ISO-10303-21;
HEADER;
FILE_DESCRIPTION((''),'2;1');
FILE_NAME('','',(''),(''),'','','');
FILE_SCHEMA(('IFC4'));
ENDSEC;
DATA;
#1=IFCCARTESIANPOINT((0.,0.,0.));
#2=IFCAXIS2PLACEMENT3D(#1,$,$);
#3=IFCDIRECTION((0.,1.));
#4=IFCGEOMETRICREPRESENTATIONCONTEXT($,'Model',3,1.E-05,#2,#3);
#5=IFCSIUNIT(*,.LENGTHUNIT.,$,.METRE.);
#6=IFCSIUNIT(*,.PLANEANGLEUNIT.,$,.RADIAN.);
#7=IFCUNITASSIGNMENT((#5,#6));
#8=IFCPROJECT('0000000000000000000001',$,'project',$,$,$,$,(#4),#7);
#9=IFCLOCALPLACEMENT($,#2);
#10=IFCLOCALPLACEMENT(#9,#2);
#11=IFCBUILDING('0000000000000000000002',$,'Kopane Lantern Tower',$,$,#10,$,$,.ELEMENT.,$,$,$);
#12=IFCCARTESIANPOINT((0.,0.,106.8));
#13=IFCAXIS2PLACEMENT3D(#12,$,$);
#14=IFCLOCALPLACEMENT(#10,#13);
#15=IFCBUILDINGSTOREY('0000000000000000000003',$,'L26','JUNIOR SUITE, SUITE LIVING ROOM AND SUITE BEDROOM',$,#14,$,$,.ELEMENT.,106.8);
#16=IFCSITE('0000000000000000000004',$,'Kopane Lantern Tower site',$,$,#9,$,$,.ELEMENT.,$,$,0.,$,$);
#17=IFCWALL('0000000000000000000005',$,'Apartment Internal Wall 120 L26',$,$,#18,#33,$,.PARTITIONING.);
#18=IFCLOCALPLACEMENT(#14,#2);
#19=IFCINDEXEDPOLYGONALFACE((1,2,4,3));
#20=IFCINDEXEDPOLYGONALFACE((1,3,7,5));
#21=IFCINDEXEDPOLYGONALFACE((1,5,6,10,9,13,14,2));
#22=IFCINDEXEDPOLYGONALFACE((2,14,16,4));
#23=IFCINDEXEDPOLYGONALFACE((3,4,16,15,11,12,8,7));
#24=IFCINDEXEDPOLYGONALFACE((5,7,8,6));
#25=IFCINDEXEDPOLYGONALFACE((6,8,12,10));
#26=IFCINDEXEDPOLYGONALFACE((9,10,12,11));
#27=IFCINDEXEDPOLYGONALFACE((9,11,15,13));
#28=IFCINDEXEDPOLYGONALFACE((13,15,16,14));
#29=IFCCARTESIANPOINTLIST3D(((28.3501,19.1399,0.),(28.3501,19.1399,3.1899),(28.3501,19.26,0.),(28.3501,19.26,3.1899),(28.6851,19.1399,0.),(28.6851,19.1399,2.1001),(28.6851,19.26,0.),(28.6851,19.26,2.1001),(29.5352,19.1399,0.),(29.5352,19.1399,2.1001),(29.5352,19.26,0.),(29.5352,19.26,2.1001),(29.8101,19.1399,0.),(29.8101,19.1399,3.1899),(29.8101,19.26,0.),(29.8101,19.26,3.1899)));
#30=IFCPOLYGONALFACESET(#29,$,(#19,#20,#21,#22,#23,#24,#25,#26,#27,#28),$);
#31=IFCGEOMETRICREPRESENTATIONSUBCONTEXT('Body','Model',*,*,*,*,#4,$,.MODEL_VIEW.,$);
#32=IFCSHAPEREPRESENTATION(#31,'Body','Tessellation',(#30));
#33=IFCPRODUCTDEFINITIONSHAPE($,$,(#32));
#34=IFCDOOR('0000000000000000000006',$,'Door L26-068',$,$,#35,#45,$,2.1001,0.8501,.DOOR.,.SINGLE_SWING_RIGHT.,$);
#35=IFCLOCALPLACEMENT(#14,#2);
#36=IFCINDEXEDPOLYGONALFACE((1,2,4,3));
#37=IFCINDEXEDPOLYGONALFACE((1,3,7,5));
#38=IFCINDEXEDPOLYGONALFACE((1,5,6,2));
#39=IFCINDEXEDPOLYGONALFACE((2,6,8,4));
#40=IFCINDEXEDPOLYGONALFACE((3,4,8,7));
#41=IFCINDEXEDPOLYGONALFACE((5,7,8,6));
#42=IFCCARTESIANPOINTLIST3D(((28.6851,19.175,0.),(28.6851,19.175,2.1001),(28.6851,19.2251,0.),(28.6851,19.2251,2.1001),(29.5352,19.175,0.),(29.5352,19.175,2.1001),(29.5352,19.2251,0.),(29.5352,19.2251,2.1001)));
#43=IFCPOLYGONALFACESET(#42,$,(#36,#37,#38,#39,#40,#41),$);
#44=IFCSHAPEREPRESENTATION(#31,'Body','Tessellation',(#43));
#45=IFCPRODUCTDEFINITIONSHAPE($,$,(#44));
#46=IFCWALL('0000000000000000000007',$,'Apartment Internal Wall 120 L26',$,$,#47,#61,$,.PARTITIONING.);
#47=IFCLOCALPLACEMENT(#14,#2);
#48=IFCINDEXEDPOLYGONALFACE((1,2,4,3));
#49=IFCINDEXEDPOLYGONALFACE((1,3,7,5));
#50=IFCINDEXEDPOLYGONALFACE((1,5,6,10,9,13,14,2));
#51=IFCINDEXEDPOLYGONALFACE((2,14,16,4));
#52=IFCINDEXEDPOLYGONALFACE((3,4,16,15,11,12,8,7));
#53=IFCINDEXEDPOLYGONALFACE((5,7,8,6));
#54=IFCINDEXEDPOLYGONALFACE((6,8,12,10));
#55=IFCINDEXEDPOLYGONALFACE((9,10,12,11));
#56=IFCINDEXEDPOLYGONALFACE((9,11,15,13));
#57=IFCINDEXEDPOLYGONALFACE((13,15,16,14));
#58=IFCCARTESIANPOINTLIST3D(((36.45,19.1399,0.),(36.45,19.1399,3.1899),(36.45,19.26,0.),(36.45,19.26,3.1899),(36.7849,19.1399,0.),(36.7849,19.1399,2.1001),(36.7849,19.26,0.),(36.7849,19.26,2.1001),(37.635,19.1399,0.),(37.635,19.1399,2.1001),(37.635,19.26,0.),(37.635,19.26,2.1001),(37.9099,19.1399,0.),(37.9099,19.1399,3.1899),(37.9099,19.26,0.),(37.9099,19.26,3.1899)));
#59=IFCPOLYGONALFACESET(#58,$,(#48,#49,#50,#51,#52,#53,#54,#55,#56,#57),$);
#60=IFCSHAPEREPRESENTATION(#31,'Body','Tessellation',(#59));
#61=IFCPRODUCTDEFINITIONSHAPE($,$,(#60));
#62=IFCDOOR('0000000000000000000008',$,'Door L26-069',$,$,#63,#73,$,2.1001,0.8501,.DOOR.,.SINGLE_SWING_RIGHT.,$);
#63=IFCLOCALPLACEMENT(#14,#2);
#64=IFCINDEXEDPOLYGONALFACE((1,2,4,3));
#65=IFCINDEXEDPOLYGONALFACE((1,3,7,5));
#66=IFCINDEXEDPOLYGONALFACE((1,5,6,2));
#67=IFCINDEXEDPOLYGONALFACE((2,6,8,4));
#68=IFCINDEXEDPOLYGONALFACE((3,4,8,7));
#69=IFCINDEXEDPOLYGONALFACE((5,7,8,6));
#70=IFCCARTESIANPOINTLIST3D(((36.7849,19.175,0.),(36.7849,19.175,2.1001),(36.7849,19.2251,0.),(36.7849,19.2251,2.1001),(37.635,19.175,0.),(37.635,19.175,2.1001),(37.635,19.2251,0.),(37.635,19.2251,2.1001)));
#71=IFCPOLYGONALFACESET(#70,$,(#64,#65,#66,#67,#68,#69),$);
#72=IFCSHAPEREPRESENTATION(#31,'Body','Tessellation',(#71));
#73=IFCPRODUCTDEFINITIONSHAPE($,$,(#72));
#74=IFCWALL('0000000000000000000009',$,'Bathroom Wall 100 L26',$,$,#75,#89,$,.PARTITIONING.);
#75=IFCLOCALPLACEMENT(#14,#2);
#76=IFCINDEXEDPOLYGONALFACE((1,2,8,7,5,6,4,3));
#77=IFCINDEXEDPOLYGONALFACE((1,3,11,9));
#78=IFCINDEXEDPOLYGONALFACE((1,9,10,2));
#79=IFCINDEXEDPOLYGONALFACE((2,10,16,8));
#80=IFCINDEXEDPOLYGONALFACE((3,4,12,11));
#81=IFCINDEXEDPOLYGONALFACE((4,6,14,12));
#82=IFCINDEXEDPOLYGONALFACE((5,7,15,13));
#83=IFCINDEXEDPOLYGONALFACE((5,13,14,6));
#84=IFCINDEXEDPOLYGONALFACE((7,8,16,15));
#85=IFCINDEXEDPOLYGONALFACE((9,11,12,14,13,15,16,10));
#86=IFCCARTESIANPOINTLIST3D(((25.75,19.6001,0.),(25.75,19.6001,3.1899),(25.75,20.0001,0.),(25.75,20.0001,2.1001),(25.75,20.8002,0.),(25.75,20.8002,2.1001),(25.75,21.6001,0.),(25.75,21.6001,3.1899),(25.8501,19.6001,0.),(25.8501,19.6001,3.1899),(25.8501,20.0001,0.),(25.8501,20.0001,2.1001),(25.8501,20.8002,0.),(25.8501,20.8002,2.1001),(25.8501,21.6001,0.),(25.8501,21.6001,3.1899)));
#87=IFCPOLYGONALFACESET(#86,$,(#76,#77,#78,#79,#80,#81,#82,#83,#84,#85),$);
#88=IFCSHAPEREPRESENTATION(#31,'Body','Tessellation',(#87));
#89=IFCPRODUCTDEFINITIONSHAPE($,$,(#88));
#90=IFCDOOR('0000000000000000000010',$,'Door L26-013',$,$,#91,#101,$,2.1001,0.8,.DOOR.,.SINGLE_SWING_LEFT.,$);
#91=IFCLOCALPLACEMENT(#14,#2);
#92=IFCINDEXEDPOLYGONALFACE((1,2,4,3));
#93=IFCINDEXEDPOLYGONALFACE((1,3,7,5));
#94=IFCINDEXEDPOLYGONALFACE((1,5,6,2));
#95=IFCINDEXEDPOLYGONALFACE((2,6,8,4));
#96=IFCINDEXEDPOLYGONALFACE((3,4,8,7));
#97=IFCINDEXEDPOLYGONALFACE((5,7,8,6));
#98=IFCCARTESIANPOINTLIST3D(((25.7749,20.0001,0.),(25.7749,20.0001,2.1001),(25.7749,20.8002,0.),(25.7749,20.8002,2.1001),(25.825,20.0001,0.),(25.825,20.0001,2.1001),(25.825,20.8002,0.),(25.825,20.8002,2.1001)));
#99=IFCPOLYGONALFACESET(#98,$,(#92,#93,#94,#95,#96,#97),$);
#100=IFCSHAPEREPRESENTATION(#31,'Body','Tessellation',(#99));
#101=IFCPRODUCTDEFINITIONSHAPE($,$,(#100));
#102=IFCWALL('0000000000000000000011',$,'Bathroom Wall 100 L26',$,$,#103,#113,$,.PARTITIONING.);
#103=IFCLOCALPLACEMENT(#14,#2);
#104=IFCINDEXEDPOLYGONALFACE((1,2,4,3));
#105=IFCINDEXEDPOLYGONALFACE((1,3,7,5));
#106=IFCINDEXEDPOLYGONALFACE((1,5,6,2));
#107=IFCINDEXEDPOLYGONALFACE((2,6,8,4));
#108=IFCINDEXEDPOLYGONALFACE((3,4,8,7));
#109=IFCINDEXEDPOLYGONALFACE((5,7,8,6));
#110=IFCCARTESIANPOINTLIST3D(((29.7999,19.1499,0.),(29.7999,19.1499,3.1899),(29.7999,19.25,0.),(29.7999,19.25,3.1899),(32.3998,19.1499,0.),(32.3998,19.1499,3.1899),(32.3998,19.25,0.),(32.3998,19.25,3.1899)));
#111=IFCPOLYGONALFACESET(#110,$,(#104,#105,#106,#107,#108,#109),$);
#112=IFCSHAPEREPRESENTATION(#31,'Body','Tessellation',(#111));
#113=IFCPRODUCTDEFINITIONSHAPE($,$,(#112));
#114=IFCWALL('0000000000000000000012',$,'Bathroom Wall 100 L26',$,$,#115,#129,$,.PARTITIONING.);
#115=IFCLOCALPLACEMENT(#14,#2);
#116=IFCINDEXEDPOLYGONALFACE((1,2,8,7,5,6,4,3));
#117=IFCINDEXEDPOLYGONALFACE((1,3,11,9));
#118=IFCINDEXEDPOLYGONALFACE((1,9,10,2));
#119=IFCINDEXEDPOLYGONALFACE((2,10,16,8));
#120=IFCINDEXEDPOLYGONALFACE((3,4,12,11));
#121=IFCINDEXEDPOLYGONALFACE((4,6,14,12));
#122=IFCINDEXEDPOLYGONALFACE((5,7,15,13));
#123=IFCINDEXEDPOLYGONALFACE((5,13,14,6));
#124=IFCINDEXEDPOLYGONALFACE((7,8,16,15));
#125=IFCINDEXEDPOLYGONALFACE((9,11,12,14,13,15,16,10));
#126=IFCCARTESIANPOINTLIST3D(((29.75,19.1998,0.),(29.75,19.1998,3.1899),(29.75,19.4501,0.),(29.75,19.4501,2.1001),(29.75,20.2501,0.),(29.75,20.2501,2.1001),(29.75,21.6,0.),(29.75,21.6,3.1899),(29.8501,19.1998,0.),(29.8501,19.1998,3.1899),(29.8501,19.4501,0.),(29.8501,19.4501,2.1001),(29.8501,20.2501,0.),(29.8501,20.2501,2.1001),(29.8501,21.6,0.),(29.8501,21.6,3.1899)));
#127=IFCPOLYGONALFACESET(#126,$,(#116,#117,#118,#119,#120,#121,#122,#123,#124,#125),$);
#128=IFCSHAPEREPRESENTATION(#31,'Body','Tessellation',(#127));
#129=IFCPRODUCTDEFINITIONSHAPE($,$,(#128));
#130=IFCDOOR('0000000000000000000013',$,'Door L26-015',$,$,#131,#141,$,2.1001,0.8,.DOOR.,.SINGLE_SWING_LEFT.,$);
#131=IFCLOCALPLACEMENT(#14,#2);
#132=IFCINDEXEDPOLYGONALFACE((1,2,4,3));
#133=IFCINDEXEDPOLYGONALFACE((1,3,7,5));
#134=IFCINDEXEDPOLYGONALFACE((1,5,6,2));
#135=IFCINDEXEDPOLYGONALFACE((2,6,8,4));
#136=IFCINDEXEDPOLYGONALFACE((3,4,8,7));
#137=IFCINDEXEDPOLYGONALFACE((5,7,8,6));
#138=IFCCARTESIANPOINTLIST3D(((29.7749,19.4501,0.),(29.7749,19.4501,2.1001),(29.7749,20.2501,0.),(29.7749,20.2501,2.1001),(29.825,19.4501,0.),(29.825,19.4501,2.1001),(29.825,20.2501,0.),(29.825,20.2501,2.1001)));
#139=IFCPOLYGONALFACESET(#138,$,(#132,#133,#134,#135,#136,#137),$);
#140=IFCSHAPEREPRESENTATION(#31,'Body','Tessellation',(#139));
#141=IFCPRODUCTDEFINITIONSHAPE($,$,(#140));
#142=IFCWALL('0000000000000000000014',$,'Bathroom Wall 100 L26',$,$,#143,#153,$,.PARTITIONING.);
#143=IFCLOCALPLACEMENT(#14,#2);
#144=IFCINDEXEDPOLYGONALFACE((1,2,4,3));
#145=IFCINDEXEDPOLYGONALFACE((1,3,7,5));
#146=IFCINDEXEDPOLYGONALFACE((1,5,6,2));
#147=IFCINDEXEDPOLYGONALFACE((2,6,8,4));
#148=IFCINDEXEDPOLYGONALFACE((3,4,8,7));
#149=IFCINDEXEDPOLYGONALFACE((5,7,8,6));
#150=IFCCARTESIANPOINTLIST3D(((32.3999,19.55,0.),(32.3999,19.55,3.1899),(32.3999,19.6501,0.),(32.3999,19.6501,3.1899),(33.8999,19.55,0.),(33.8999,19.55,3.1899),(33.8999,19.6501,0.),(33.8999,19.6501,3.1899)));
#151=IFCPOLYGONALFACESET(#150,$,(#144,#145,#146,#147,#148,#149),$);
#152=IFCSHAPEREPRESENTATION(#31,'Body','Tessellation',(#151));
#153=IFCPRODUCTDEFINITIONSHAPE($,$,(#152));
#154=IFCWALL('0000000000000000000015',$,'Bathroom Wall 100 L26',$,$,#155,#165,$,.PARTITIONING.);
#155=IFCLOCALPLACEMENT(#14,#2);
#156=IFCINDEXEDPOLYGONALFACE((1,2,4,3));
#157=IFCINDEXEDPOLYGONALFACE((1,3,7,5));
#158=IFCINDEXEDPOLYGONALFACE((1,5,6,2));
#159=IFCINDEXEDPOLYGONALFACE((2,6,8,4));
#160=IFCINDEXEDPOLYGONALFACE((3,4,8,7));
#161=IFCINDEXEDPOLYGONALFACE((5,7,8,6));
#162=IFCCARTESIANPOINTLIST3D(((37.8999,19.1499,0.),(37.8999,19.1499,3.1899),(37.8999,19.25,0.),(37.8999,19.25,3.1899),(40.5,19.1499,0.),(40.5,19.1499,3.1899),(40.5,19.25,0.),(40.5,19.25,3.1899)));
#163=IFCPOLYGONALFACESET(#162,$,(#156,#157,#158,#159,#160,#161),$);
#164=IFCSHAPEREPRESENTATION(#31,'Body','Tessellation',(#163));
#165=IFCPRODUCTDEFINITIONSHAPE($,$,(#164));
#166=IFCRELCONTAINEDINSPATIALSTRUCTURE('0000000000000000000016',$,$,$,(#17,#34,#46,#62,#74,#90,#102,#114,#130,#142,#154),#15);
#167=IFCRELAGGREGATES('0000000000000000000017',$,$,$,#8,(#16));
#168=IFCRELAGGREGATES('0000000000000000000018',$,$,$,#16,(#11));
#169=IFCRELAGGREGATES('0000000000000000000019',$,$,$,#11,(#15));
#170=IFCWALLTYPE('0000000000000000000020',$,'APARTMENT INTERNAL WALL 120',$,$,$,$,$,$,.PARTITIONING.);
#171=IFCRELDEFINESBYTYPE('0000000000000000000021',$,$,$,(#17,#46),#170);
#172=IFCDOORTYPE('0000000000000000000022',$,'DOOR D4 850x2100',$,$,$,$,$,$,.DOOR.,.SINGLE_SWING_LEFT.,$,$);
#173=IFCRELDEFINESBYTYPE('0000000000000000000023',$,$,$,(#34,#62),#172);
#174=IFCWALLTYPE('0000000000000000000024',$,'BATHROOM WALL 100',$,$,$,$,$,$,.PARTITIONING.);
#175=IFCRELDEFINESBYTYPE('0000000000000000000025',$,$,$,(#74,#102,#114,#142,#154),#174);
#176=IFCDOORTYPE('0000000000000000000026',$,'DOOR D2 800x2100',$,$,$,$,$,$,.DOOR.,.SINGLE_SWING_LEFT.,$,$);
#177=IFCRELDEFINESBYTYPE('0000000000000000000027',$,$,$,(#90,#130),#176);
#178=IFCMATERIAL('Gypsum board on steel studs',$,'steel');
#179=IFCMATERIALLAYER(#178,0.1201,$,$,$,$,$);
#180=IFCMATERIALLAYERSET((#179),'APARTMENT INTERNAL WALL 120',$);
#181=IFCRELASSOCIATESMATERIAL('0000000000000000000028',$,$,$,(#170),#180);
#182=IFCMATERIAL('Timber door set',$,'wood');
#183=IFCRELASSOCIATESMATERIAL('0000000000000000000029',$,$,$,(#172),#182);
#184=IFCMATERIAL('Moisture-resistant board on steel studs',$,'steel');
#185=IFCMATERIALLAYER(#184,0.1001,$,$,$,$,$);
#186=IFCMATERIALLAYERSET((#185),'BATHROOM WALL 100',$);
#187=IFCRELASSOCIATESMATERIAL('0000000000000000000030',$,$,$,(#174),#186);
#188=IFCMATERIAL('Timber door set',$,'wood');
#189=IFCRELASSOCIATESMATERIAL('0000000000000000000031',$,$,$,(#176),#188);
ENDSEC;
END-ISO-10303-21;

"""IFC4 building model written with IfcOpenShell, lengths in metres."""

from ifc_helpers import new_model, si_unit, direction, frame, frame_2d, origin, place, context, subcontext, project, spatial, rectangle, extrude, material, layer, layer_set, type_object, element, fill, save


model = new_model("IFC4")

# Units and contexts
model_context = context("Model", 3, precision=1e-05, world=origin(), true_north=direction((0.0, 1.0)))
body_context = subcontext(model_context, "Body", "Model", "MODEL_VIEW")
ifc_project = project(units=[si_unit("LENGTHUNIT", "METRE"), si_unit("PLANEANGLEUNIT", "RADIAN")], contexts=[model_context])

# Site, building, storey
site_placement = place(None, origin())
site = spatial("IfcSite", under=ifc_project, at=site_placement, Name="Kopane Lantern Tower site", CompositionType="ELEMENT", RefElevation=0.0)
building_placement = place(site_placement, origin())
building = spatial("IfcBuilding", under=site, at=building_placement, Name="Kopane Lantern Tower", CompositionType="ELEMENT")
storey_placement = place(building_placement, frame((0.0, 0.0, 106.8)))
storey = spatial("IfcBuildingStorey", under=building, at=storey_placement, Name="L26", Description="JUNIOR SUITE, SUITE LIVING ROOM AND SUITE BEDROOM", CompositionType="ELEMENT", Elevation=106.8)

# Shared definitions
ifc_material_1 = material(Name="Gypsum board on steel studs", Category="steel")
ifc_layer_1 = layer(ifc_material_1, 0.1201)
ifc_layer_set_1 = layer_set([ifc_layer_1], Name="APARTMENT INTERNAL WALL 120")
wall_type_1 = type_object("IfcWallType", Name="APARTMENT INTERNAL WALL 120", PredefinedType="PARTITIONING", material=ifc_layer_set_1)
ifc_material_2 = material(Name="Timber door set", Category="wood")
door_type_1 = type_object("IfcDoorType", Name="DOOR D4 850x2100", OperationType="SINGLE_SWING_LEFT", PredefinedType="DOOR", material=ifc_material_2)

# Walls, openings, doors
wall_1_placement = place(storey_placement, frame((29.8101, 19.2, 0.0), z_axis=(0.0, 0.0, 1.0), x_axis=(-1.0, 0.0, 0.0)))
wall_1 = element("IfcWall", 1, at=wall_1_placement, inside=storey, type_object=wall_type_1, Name="Apartment Internal Wall 120 L26", PredefinedType="PARTITIONING", context=body_context, shape_type="SweptSolid", body=[
    extrude(rectangle(XDim=1.46, YDim=0.1201, at=frame_2d((0.73, 0.0))), origin(), (0.0, 0.0, 1.0), 3.1899),
])
opening_1_placement = place(wall_1_placement, frame((0.2749, 0.0, 0.0)))
opening_1 = element("IfcOpeningElement", 2, at=opening_1_placement, cuts=wall_1, PredefinedType="OPENING", context=body_context, shape_type="SweptSolid", body=[
    extrude(rectangle(XDim=0.8501, YDim=2.1001, at=frame_2d((0.425, 1.05))), frame((0.0, 0.0701, 0.0), z_axis=(0.0, -1.0, 0.0), x_axis=(1.0, 0.0, 0.0)), (0.0, 0.0, 1.0), 0.1401),
])
door_1_placement = place(opening_1_placement, origin())
door_1 = element("IfcDoor", 3, at=door_1_placement, inside=storey, type_object=door_type_1, Name="Door L26-068", OperationType="SINGLE_SWING_RIGHT", OverallHeight=2.1001, OverallWidth=0.8501, PredefinedType="DOOR", context=body_context, shape_type="SweptSolid", body=[
    extrude(rectangle(XDim=0.8501, YDim=2.1001, at=frame_2d((0.425, 1.05))), frame((0.0, 0.0249, 0.0), z_axis=(0.0, -1.0, 0.0), x_axis=(1.0, 0.0, 0.0)), (0.0, 0.0, 1.0), 0.05),
])
fill(opening_1, door_1)
wall_2_placement = place(storey_placement, frame((37.9099, 19.2, 0.0), z_axis=(0.0, 0.0, 1.0), x_axis=(-1.0, 0.0, 0.0)))
wall_2 = element("IfcWall", 4, at=wall_2_placement, inside=storey, type_object=wall_type_1, Name="Apartment Internal Wall 120 L26", PredefinedType="PARTITIONING", context=body_context, shape_type="SweptSolid", body=[
    extrude(rectangle(XDim=1.46, YDim=0.1201, at=frame_2d((0.73, 0.0))), origin(), (0.0, 0.0, 1.0), 3.1899),
])
opening_2_placement = place(wall_2_placement, frame((0.2749, 0.0, 0.0)))
opening_2 = element("IfcOpeningElement", 5, at=opening_2_placement, cuts=wall_2, PredefinedType="OPENING", context=body_context, shape_type="SweptSolid", body=[
    extrude(rectangle(XDim=0.8501, YDim=2.1001, at=frame_2d((0.425, 1.05))), frame((0.0, 0.0701, 0.0), z_axis=(0.0, -1.0, 0.0), x_axis=(1.0, 0.0, 0.0)), (0.0, 0.0, 1.0), 0.1401),
])
door_2_placement = place(opening_2_placement, origin())
door_2 = element("IfcDoor", 6, at=door_2_placement, inside=storey, type_object=door_type_1, Name="Door L26-069", OperationType="SINGLE_SWING_RIGHT", OverallHeight=2.1001, OverallWidth=0.8501, PredefinedType="DOOR", context=body_context, shape_type="SweptSolid", body=[
    extrude(rectangle(XDim=0.8501, YDim=2.1001, at=frame_2d((0.425, 1.05))), frame((0.0, 0.0249, 0.0), z_axis=(0.0, -1.0, 0.0), x_axis=(1.0, 0.0, 0.0)), (0.0, 0.0, 1.0), 0.05),
])
fill(opening_2, door_2)
ifc_material_3 = material(Name="Moisture-resistant board on steel studs", Category="steel")
ifc_layer_2 = layer(ifc_material_3, 0.1001)
ifc_layer_set_2 = layer_set([ifc_layer_2], Name="BATHROOM WALL 100")
wall_type_2 = type_object("IfcWallType", Name="BATHROOM WALL 100", PredefinedType="PARTITIONING", material=ifc_layer_set_2)
wall_3_placement = place(storey_placement, frame((25.8, 21.6001, 0.0), z_axis=(0.0, 0.0, 1.0), x_axis=(0.0, -1.0, 0.0)))
wall_3 = element("IfcWall", 7, at=wall_3_placement, inside=storey, type_object=wall_type_2, Name="Bathroom Wall 100 L26", PredefinedType="PARTITIONING", context=body_context, shape_type="SweptSolid", body=[
    extrude(rectangle(XDim=2.0, YDim=0.1001, at=frame_2d((1.0, 0.0))), origin(), (0.0, 0.0, 1.0), 3.1899),
])
opening_3_placement = place(wall_3_placement, frame((0.8, 0.0, 0.0)))
opening_3 = element("IfcOpeningElement", 8, at=opening_3_placement, cuts=wall_3, PredefinedType="OPENING", context=body_context, shape_type="SweptSolid", body=[
    extrude(rectangle(XDim=0.8, YDim=2.1001, at=frame_2d((0.3999, 1.05))), frame((0.0, 0.0601, 0.0), z_axis=(0.0, -1.0, 0.0), x_axis=(1.0, 0.0, 0.0)), (0.0, 0.0, 1.0), 0.1201),
])
ifc_material_4 = material(Name="Timber door set", Category="wood")
door_type_2 = type_object("IfcDoorType", Name="DOOR D2 800x2100", OperationType="SINGLE_SWING_LEFT", PredefinedType="DOOR", material=ifc_material_4)
door_3_placement = place(opening_3_placement, origin())
door_3 = element("IfcDoor", 9, at=door_3_placement, inside=storey, type_object=door_type_2, Name="Door L26-013", OperationType="SINGLE_SWING_LEFT", OverallHeight=2.1001, OverallWidth=0.8, PredefinedType="DOOR", context=body_context, shape_type="SweptSolid", body=[
    extrude(rectangle(XDim=0.8, YDim=2.1001, at=frame_2d((0.3999, 1.05))), frame((0.0, 0.0249, 0.0), z_axis=(0.0, -1.0, 0.0), x_axis=(1.0, 0.0, 0.0)), (0.0, 0.0, 1.0), 0.05),
])
fill(opening_3, door_3)

# Wall
wall_4_placement = place(storey_placement, frame((29.8, 19.2, 0.0), z_axis=(0.0, 0.0, 1.0), x_axis=(1.0, 0.0, 0.0)))
element("IfcWall", 10, at=wall_4_placement, inside=storey, type_object=wall_type_2, Name="Bathroom Wall 100 L26", PredefinedType="PARTITIONING", context=body_context, shape_type="SweptSolid", body=[
    extrude(rectangle(XDim=2.5999, YDim=0.1001, at=frame_2d((1.2998, 0.0))), origin(), (0.0, 0.0, 1.0), 3.1899),
])

# Wall, opening, door
wall_5_placement = place(storey_placement, frame((29.8, 21.6001, 0.0), z_axis=(0.0, 0.0, 1.0), x_axis=(0.0, -1.0, 0.0)))
wall_5 = element("IfcWall", 11, at=wall_5_placement, inside=storey, type_object=wall_type_2, Name="Bathroom Wall 100 L26", PredefinedType="PARTITIONING", context=body_context, shape_type="SweptSolid", body=[
    extrude(rectangle(XDim=2.4001, YDim=0.1001, at=frame_2d((1.2002, 0.0))), origin(), (0.0, 0.0, 1.0), 3.1899),
])
opening_4_placement = place(wall_5_placement, frame((1.3501, 0.0, 0.0)))
opening_4 = element("IfcOpeningElement", 12, at=opening_4_placement, cuts=wall_5, PredefinedType="OPENING", context=body_context, shape_type="SweptSolid", body=[
    extrude(rectangle(XDim=0.8, YDim=2.1001, at=frame_2d((0.3999, 1.05))), frame((0.0, 0.0601, 0.0), z_axis=(0.0, -1.0, 0.0), x_axis=(1.0, 0.0, 0.0)), (0.0, 0.0, 1.0), 0.1201),
])
door_4_placement = place(opening_4_placement, origin())
door_4 = element("IfcDoor", 13, at=door_4_placement, inside=storey, type_object=door_type_2, Name="Door L26-015", OperationType="SINGLE_SWING_LEFT", OverallHeight=2.1001, OverallWidth=0.8, PredefinedType="DOOR", context=body_context, shape_type="SweptSolid", body=[
    extrude(rectangle(XDim=0.8, YDim=2.1001, at=frame_2d((0.3999, 1.05))), frame((0.0, 0.0249, 0.0), z_axis=(0.0, -1.0, 0.0), x_axis=(1.0, 0.0, 0.0)), (0.0, 0.0, 1.0), 0.05),
])
fill(opening_4, door_4)

# Walls
wall_6_placement = place(storey_placement, frame((32.3999, 19.6001, 0.0), z_axis=(0.0, 0.0, 1.0), x_axis=(1.0, 0.0, 0.0)))
element("IfcWall", 14, at=wall_6_placement, inside=storey, type_object=wall_type_2, Name="Bathroom Wall 100 L26", PredefinedType="PARTITIONING", context=body_context, shape_type="SweptSolid", body=[
    extrude(rectangle(XDim=1.5, YDim=0.1001, at=frame_2d((0.75, 0.0))), origin(), (0.0, 0.0, 1.0), 3.1899),
])
wall_7_placement = place(storey_placement, frame((37.8999, 19.2, 0.0), z_axis=(0.0, 0.0, 1.0), x_axis=(1.0, 0.0, 0.0)))
element("IfcWall", 15, at=wall_7_placement, inside=storey, type_object=wall_type_2, Name="Bathroom Wall 100 L26", PredefinedType="PARTITIONING", context=body_context, shape_type="SweptSolid", body=[
    extrude(rectangle(XDim=2.6001, YDim=0.1001, at=frame_2d((1.3, 0.0))), origin(), (0.0, 0.0, 1.0), 3.1899),
])

save(model, "model.ifc")
